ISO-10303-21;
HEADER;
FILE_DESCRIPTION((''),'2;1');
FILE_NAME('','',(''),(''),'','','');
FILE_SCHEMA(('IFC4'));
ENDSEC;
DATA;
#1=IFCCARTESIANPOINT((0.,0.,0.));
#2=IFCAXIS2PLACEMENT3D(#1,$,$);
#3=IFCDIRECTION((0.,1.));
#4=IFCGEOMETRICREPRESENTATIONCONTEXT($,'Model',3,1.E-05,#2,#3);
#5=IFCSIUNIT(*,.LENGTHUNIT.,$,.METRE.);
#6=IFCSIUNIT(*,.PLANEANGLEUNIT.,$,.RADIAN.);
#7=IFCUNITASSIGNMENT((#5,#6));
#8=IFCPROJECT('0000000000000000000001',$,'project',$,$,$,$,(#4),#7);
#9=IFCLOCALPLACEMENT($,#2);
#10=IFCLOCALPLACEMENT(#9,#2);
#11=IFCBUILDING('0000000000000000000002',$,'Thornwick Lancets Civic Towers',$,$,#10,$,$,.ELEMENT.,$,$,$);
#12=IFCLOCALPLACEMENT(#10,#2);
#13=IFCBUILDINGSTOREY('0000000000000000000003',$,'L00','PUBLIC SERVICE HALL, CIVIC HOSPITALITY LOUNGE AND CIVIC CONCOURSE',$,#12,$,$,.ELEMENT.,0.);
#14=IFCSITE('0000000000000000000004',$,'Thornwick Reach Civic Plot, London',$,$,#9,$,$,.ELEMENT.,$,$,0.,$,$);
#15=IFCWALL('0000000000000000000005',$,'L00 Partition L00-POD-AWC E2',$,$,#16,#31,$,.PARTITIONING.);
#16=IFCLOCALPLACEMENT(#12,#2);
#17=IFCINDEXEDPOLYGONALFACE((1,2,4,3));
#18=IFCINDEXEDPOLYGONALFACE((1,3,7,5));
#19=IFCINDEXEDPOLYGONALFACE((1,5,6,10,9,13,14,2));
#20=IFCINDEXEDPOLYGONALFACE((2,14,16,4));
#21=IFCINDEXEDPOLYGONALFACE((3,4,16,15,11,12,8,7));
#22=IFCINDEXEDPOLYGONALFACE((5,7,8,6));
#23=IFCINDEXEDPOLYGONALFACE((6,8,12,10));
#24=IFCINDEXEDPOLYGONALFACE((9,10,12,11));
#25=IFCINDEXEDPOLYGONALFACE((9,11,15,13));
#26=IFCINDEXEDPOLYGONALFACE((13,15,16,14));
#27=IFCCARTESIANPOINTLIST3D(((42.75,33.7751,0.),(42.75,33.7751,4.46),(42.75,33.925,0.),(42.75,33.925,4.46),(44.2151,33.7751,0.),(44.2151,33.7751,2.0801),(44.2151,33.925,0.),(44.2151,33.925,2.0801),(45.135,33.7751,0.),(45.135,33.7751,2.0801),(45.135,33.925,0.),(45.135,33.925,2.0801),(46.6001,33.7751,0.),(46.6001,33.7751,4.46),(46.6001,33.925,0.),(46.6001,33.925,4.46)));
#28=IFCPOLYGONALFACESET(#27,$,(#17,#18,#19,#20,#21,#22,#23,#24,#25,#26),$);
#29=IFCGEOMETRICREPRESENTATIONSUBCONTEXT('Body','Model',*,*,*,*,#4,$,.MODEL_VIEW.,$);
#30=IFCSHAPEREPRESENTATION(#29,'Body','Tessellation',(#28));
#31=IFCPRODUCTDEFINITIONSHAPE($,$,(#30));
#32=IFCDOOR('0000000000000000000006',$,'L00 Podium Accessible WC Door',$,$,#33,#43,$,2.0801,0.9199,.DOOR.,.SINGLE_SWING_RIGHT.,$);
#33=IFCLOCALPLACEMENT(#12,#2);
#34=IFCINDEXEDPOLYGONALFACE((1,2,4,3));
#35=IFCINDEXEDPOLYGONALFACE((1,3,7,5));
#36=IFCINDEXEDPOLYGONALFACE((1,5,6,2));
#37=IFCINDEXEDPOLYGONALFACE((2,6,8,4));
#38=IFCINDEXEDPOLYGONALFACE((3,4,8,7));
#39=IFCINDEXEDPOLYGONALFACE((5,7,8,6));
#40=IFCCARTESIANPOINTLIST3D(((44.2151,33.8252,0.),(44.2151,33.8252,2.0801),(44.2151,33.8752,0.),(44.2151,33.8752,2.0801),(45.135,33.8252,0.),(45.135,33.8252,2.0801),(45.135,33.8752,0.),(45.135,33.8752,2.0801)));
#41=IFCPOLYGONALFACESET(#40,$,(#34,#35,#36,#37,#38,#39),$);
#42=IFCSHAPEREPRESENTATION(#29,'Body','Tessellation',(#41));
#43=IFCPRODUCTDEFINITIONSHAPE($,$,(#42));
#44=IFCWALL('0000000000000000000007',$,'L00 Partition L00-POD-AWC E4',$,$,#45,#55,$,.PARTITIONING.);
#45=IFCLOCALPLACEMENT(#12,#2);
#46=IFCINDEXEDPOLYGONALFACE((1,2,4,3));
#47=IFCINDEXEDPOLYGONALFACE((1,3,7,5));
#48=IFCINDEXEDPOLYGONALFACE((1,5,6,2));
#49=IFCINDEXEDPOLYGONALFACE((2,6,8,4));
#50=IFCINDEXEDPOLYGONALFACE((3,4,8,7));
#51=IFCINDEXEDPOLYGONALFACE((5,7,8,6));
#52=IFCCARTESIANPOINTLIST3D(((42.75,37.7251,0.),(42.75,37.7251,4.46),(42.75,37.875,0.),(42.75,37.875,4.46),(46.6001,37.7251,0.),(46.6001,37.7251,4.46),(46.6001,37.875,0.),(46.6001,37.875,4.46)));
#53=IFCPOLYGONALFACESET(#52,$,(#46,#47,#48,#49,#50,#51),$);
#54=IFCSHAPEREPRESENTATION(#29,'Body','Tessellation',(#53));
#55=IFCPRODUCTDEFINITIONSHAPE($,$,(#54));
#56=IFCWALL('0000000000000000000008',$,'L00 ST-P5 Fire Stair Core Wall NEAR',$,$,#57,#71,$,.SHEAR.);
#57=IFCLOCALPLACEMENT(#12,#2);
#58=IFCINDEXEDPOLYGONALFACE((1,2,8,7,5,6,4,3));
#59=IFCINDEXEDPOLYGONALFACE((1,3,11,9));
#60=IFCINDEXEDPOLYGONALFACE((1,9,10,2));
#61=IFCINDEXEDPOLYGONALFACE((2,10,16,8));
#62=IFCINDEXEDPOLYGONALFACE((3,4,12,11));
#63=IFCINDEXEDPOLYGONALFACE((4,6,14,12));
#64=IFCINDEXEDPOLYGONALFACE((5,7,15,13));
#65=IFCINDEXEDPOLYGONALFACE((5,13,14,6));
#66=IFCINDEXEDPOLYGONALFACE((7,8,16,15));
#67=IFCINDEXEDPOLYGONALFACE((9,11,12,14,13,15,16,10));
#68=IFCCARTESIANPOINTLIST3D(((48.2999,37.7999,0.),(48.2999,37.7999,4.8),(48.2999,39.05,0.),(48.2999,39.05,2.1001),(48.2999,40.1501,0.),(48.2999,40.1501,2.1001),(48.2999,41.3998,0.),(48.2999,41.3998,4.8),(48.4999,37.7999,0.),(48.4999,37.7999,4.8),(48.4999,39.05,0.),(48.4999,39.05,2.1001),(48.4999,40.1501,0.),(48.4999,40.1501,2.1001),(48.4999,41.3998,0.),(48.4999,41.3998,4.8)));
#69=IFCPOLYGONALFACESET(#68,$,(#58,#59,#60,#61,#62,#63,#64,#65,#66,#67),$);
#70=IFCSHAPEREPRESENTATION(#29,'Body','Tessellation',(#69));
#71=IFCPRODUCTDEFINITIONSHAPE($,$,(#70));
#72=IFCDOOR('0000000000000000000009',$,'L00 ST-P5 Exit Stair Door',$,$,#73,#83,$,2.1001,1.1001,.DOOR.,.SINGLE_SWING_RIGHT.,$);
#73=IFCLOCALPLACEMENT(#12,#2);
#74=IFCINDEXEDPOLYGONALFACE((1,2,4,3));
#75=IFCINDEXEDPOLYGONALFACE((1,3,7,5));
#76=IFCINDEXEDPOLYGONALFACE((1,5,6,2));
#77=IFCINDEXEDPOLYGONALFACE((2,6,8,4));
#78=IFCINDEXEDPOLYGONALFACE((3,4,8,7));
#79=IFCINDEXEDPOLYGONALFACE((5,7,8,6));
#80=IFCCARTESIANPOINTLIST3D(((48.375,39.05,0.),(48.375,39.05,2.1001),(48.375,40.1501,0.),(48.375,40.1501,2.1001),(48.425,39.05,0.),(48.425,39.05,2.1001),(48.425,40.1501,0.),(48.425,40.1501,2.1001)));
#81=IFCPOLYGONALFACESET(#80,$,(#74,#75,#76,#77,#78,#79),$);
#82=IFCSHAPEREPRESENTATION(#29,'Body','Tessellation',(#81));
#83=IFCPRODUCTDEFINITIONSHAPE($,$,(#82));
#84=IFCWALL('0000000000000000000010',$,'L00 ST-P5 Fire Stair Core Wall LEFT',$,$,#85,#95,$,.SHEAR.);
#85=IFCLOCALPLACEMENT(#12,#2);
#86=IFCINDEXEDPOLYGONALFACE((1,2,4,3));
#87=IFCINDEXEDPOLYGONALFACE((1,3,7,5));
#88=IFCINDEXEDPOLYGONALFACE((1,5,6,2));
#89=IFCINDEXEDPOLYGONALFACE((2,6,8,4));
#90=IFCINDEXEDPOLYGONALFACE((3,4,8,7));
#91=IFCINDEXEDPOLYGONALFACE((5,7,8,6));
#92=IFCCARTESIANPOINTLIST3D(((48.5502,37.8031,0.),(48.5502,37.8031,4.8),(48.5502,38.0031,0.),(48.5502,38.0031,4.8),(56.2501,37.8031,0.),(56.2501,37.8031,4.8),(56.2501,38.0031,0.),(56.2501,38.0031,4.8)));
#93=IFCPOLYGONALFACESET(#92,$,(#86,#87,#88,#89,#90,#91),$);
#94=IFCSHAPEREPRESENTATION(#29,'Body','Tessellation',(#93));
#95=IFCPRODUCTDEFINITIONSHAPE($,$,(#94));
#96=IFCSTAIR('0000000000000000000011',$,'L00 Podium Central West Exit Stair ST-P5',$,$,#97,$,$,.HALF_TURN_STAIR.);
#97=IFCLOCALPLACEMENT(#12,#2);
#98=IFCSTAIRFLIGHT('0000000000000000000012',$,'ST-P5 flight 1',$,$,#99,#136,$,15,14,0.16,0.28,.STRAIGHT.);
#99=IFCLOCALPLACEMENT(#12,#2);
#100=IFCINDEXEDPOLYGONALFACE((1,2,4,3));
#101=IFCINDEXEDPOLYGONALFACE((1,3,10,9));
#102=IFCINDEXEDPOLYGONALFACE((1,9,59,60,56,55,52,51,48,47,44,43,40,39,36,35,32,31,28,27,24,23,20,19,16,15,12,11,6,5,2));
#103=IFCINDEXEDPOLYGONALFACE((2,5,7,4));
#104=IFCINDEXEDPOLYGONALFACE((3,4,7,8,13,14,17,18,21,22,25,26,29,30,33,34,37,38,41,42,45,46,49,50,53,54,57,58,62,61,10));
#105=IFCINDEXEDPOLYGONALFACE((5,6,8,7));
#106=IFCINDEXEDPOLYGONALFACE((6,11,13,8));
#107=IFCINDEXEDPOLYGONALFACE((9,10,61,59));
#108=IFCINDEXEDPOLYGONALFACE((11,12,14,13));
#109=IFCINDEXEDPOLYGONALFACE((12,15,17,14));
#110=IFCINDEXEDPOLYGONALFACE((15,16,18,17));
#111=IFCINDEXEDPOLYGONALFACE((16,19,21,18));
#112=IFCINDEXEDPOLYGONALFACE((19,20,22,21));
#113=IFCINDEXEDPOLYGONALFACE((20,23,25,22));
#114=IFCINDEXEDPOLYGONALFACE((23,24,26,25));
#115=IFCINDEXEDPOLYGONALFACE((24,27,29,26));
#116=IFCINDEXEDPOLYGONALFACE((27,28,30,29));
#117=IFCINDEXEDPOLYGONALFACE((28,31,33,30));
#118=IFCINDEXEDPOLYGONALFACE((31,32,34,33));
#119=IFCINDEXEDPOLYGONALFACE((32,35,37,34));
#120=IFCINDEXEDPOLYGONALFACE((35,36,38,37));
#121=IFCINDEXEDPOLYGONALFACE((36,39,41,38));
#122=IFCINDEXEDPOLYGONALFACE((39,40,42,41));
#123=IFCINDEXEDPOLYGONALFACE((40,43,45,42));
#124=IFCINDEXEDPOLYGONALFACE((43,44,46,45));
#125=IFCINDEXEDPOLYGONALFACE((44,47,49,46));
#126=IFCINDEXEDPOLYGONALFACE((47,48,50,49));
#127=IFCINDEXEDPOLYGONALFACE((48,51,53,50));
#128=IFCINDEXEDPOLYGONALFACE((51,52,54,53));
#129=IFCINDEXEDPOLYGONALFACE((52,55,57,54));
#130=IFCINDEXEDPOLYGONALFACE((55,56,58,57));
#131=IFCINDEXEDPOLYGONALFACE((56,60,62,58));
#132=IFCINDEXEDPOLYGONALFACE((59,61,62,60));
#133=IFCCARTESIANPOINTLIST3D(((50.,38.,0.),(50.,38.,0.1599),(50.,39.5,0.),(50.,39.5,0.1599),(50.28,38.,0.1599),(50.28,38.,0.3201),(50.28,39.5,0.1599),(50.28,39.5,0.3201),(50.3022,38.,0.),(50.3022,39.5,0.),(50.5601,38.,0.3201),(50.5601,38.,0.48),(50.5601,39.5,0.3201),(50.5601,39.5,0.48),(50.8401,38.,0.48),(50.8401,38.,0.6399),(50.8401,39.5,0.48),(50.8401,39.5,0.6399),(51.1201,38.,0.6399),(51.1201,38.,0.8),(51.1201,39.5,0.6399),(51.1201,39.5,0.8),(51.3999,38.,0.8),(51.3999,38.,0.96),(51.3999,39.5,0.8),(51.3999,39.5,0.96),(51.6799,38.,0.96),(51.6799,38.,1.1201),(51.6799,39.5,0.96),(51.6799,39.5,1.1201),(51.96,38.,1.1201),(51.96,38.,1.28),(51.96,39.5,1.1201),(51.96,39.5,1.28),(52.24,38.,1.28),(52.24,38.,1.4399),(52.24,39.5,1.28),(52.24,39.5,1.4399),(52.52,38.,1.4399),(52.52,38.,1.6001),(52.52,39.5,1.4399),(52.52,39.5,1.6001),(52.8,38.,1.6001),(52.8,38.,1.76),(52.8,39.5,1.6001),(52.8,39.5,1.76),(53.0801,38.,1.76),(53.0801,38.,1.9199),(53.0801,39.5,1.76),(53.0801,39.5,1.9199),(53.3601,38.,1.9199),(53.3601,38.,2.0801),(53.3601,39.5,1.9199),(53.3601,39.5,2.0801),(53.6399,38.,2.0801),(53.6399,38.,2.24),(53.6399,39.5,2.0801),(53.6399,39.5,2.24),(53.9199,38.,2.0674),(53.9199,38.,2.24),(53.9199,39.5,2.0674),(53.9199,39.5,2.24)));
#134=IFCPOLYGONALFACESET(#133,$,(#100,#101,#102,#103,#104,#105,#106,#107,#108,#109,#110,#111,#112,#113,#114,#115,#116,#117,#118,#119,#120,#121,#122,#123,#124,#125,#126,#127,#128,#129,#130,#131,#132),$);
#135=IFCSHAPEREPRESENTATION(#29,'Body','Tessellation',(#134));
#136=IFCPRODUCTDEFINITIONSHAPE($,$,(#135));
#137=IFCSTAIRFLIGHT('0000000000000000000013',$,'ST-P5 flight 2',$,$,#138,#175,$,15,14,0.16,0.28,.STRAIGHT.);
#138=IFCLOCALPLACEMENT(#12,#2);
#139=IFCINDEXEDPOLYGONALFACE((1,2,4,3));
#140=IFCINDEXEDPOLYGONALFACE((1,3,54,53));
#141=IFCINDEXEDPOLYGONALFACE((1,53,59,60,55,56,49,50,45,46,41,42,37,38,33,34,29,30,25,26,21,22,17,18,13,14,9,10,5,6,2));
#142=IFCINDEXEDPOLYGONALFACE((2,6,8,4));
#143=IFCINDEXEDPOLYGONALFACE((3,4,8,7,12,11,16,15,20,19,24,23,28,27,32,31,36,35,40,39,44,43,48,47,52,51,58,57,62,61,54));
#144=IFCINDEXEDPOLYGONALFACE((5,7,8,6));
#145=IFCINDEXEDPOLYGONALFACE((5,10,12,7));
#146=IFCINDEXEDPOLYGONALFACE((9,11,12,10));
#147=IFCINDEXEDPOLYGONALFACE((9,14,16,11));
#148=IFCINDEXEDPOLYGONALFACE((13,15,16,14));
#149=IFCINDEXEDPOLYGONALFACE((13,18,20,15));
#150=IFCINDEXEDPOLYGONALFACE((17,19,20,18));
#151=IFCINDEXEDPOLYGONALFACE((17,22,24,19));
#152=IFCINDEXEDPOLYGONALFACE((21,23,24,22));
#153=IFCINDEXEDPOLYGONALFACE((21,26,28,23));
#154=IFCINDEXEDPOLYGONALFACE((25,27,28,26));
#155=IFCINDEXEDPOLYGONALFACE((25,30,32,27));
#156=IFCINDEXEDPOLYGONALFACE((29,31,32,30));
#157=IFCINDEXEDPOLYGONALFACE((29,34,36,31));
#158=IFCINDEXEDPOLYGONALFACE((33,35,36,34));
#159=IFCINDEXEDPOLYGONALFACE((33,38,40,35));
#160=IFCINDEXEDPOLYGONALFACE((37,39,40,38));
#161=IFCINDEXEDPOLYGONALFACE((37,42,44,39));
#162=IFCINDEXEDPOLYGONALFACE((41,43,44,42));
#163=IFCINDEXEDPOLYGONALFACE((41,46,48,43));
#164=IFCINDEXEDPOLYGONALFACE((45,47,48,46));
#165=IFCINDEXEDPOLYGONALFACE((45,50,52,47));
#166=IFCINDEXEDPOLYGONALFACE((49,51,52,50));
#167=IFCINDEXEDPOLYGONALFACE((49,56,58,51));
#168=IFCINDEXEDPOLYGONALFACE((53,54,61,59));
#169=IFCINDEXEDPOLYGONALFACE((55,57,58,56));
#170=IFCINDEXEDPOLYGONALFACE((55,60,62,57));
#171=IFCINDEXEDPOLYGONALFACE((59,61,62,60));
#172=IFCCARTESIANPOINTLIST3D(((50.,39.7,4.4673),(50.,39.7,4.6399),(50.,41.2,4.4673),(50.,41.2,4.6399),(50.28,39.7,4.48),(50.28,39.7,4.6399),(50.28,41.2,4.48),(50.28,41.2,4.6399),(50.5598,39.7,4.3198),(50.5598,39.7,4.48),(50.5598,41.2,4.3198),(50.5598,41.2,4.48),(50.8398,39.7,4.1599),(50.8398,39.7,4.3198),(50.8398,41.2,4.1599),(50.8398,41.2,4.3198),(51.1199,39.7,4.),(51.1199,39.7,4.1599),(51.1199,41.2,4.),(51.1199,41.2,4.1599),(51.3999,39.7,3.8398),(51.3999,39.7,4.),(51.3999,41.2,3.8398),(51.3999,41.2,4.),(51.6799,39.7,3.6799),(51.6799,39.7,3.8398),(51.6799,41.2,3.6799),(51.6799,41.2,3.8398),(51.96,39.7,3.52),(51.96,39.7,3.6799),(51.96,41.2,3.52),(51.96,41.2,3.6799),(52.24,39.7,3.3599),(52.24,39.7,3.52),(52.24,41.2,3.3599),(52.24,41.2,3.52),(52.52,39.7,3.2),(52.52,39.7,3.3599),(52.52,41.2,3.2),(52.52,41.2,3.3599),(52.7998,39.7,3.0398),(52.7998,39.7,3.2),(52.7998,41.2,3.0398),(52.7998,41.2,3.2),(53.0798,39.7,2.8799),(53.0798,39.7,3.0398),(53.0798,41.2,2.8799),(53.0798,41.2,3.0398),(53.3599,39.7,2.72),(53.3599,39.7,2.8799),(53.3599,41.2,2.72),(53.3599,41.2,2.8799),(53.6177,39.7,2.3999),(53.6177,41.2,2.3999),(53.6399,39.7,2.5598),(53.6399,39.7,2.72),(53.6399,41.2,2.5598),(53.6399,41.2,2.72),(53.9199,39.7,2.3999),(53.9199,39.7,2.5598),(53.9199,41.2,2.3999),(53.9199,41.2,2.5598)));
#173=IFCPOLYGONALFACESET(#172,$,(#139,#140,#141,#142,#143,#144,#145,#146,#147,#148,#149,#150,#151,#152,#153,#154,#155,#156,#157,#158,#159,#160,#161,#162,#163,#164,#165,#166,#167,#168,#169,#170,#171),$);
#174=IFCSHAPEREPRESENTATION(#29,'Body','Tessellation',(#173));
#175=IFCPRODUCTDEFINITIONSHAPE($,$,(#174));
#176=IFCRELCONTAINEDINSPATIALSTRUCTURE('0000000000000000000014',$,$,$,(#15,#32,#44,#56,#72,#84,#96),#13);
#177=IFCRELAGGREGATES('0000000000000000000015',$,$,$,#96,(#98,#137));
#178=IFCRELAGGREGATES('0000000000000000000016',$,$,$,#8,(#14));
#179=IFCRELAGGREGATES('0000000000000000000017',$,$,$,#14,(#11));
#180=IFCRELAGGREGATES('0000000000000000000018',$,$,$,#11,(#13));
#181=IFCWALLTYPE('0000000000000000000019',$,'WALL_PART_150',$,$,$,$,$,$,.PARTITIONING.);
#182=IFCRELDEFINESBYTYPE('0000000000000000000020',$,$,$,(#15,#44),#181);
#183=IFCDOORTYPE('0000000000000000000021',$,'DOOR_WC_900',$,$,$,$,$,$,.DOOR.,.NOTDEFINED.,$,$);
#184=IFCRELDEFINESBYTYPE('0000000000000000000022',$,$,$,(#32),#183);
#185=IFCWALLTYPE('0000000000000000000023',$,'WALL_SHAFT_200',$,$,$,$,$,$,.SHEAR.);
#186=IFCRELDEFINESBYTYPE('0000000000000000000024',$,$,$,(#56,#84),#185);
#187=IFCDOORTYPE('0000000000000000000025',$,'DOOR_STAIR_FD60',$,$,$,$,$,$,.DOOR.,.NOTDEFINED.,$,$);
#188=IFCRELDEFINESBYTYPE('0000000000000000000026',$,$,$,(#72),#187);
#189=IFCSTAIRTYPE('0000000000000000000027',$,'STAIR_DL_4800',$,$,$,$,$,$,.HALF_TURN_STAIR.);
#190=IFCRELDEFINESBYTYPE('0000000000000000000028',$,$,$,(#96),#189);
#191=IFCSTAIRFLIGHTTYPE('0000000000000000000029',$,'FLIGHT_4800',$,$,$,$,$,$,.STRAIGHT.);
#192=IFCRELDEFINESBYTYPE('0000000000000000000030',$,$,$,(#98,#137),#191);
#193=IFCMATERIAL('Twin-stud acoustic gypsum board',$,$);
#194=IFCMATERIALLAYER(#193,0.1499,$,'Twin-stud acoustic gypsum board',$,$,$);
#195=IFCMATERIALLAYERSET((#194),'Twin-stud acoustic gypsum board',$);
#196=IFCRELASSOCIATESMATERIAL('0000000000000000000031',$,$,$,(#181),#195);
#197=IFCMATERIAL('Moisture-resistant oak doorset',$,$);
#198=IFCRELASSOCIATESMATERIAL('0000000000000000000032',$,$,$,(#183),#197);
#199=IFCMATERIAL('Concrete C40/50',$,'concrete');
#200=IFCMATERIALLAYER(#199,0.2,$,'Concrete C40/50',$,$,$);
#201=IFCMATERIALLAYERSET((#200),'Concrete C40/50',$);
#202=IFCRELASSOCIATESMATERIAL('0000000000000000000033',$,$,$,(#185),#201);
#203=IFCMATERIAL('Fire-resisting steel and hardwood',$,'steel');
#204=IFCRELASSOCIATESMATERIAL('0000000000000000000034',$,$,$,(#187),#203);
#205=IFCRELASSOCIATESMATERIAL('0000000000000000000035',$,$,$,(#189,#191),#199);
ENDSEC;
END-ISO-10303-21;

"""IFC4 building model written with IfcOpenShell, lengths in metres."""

from ifc_helpers import new_model, si_unit, direction, frame, frame_2d, origin, place, context, subcontext, project, spatial, polyline, rectangle, outline, extrude, material, layer, layer_set, type_object, element, fill, aggregate, save


model = new_model("IFC4")

# Units and contexts
model_context = context("Model", 3, precision=1e-05, world=origin(), true_north=direction((0.0, 1.0)))
body_context = subcontext(model_context, "Body", "Model", "MODEL_VIEW")
ifc_project = project(units=[si_unit("LENGTHUNIT", "METRE"), si_unit("PLANEANGLEUNIT", "RADIAN")], contexts=[model_context])

# Site, building, storey
site_placement = place(None, origin())
site = spatial("IfcSite", under=ifc_project, at=site_placement, Name="Thornwick Reach Civic Plot, London", CompositionType="ELEMENT", RefElevation=0.0)
building_placement = place(site_placement, origin())
building = spatial("IfcBuilding", under=site, at=building_placement, Name="Thornwick Lancets Civic Towers", CompositionType="ELEMENT")
storey_placement = place(building_placement, origin())
storey = spatial("IfcBuildingStorey", under=building, at=storey_placement, Name="L00", Description="PUBLIC SERVICE HALL, CIVIC HOSPITALITY LOUNGE AND CIVIC CONCOURSE", CompositionType="ELEMENT", Elevation=0.0)

# Shared definitions
ifc_material_1 = material(Name="Twin-stud acoustic gypsum board")
ifc_layer_1 = layer(ifc_material_1, 0.1499, Name="Twin-stud acoustic gypsum board")
ifc_layer_set_1 = layer_set([ifc_layer_1], Name="Twin-stud acoustic gypsum board")
wall_type_1 = type_object("IfcWallType", Name="WALL_PART_150", PredefinedType="PARTITIONING", material=ifc_layer_set_1)

# Wall, opening, door
wall_1_placement = place(storey_placement, frame((46.6001, 33.8501, 0.0), z_axis=(0.0, 0.0, 1.0), x_axis=(-1.0, 0.0, 0.0)))
wall_1 = element("IfcWall", 1, at=wall_1_placement, inside=storey, type_object=wall_type_1, Name="L00 Partition L00-POD-AWC E2", PredefinedType="PARTITIONING", context=body_context, shape_type="SweptSolid", body=[
    extrude(rectangle(XDim=3.8501, YDim=0.1499, at=frame_2d((1.925, 0.0))), origin(), (0.0, 0.0, 1.0), 4.46),
])
opening_1_placement = place(wall_1_placement, frame((1.4651, 0.0, 0.0)))
opening_1 = element("IfcOpeningElement", 2, at=opening_1_placement, cuts=wall_1, PredefinedType="OPENING", context=body_context, shape_type="SweptSolid", body=[
    extrude(rectangle(XDim=0.9199, YDim=2.0801, at=frame_2d((0.46, 1.04))), frame((0.0, 0.085, 0.0), z_axis=(0.0, -1.0, 0.0), x_axis=(1.0, 0.0, 0.0)), (0.0, 0.0, 1.0), 0.1699),
])
ifc_material_2 = material(Name="Moisture-resistant oak doorset")
door_type_1 = type_object("IfcDoorType", Name="DOOR_WC_900", OperationType="NOTDEFINED", PredefinedType="DOOR", material=ifc_material_2)
door_1_placement = place(opening_1_placement, origin())
door_1 = element("IfcDoor", 3, at=door_1_placement, inside=storey, type_object=door_type_1, Name="L00 Podium Accessible WC Door", OperationType="SINGLE_SWING_RIGHT", OverallHeight=2.0801, OverallWidth=0.9199, PredefinedType="DOOR", context=body_context, shape_type="SweptSolid", body=[
    extrude(rectangle(XDim=0.9199, YDim=2.0801, at=frame_2d((0.46, 1.04))), frame((0.0, 0.0249, 0.0), z_axis=(0.0, -1.0, 0.0), x_axis=(1.0, 0.0, 0.0)), (0.0, 0.0, 1.0), 0.05),
])
fill(opening_1, door_1)

# Wall
wall_2_placement = place(storey_placement, frame((42.75, 37.8, 0.0), z_axis=(0.0, 0.0, 1.0), x_axis=(1.0, 0.0, 0.0)))
element("IfcWall", 4, at=wall_2_placement, inside=storey, type_object=wall_type_1, Name="L00 Partition L00-POD-AWC E4", PredefinedType="PARTITIONING", context=body_context, shape_type="SweptSolid", body=[
    extrude(rectangle(XDim=3.8501, YDim=0.1499, at=frame_2d((1.925, 0.0))), origin(), (0.0, 0.0, 1.0), 4.46),
])

# Wall, opening, door
ifc_material_3 = material(Name="Concrete C40/50", Category="concrete")
ifc_layer_2 = layer(ifc_material_3, 0.2, Name="Concrete C40/50")
ifc_layer_set_2 = layer_set([ifc_layer_2], Name="Concrete C40/50")
wall_type_2 = type_object("IfcWallType", Name="WALL_SHAFT_200", PredefinedType="SHEAR", material=ifc_layer_set_2)
wall_3_placement = place(storey_placement, frame((48.3999, 37.8, 0.0), z_axis=(0.0, 0.0, 1.0), x_axis=(0.0, 1.0, 0.0)))
wall_3 = element("IfcWall", 5, at=wall_3_placement, inside=storey, type_object=wall_type_2, Name="L00 ST-P5 Fire Stair Core Wall NEAR", PredefinedType="SHEAR", context=body_context, shape_type="SweptSolid", body=[
    extrude(rectangle(XDim=3.5999, YDim=0.2, at=frame_2d((1.7998, 0.0))), origin(), (0.0, 0.0, 1.0), 4.8),
])
opening_2_placement = place(wall_3_placement, frame((1.25, 0.0, 0.0)))
opening_2 = element("IfcOpeningElement", 6, at=opening_2_placement, cuts=wall_3, PredefinedType="OPENING", context=body_context, shape_type="SweptSolid", body=[
    extrude(rectangle(XDim=1.1001, YDim=2.1001, at=frame_2d((0.55, 1.05))), frame((0.0, 0.1099, 0.0), z_axis=(0.0, -1.0, 0.0), x_axis=(1.0, 0.0, 0.0)), (0.0, 0.0, 1.0), 0.22),
])
ifc_material_4 = material(Name="Fire-resisting steel and hardwood", Category="steel")
door_type_2 = type_object("IfcDoorType", Name="DOOR_STAIR_FD60", OperationType="NOTDEFINED", PredefinedType="DOOR", material=ifc_material_4)
door_2_placement = place(opening_2_placement, origin())
door_2 = element("IfcDoor", 7, at=door_2_placement, inside=storey, type_object=door_type_2, Name="L00 ST-P5 Exit Stair Door", OperationType="SINGLE_SWING_RIGHT", OverallHeight=2.1001, OverallWidth=1.1001, PredefinedType="DOOR", context=body_context, shape_type="SweptSolid", body=[
    extrude(rectangle(XDim=1.1001, YDim=2.1001, at=frame_2d((0.55, 1.05))), frame((0.0, 0.0249, 0.0), z_axis=(0.0, -1.0, 0.0), x_axis=(1.0, 0.0, 0.0)), (0.0, 0.0, 1.0), 0.05),
])
fill(opening_2, door_2)

# Wall
wall_4_placement = place(storey_placement, frame((48.55, 37.9031, 0.0), z_axis=(0.0, 0.0, 1.0), x_axis=(1.0, 0.0, 0.0)))
element("IfcWall", 8, at=wall_4_placement, inside=storey, type_object=wall_type_2, Name="L00 ST-P5 Fire Stair Core Wall LEFT", PredefinedType="SHEAR", context=body_context, shape_type="SweptSolid", body=[
    extrude(rectangle(XDim=7.7, YDim=0.2, at=frame_2d((3.8501, 0.0))), origin(), (0.0, 0.0, 1.0), 4.8),
])

# Stair, stair flights
stair_type = type_object("IfcStairType", Name="STAIR_DL_4800", PredefinedType="HALF_TURN_STAIR", material=ifc_material_3)
stair_placement = place(storey_placement, origin())
stair = element("IfcStair", 9, at=stair_placement, inside=storey, type_object=stair_type, Name="L00 Podium Central West Exit Stair ST-P5", PredefinedType="HALF_TURN_STAIR")
stair_flight_type = type_object("IfcStairFlightType", Name="FLIGHT_4800", PredefinedType="STRAIGHT", material=ifc_material_3)
stair_flight_1_placement = place(storey_placement, frame((50.0, 38.75, 0.0), z_axis=(0.0, 0.0, 1.0), x_axis=(1.0, 0.0, 0.0)))
stair_flight_1 = element("IfcStairFlight", 10, at=stair_flight_1_placement, type_object=stair_flight_type, Name="ST-P5 flight 1", NumberOfRisers=15, NumberOfTreads=14, PredefinedType="STRAIGHT", RiserHeight=0.16, TreadLength=0.28, context=body_context, shape_type="SweptSolid", body=[
    extrude(outline(polyline([(0.0, 0.0), (0.0, 0.1599), (0.28, 0.1599), (0.28, 0.3201), (0.5601, 0.3201), (0.5601, 0.48), (0.8401, 0.48), (0.8401, 0.6399), (1.1201, 0.6399), (1.1201, 0.8), (1.3999, 0.8), (1.3999, 0.96), (1.6799, 0.96), (1.6799, 1.1201), (1.96, 1.1201), (1.96, 1.28), (2.24, 1.28), (2.24, 1.4399), (2.52, 1.4399), (2.52, 1.6001), (2.8, 1.6001), (2.8, 1.76), (3.0801, 1.76), (3.0801, 1.9199), (3.3601, 1.9199), (3.3601, 2.0801), (3.6399, 2.0801), (3.6399, 2.24), (3.9199, 2.24), (3.9199, 2.3999), (3.9199, 2.0674), (0.3022, 0.0), (0.0, 0.0)])), frame((0.0, 0.75, 0.0), z_axis=(0.0, -1.0, 0.0), x_axis=(1.0, 0.0, 0.0)), (0.0, 0.0, 1.0), 1.5),
])
stair_flight_2_placement = place(storey_placement, frame((53.9199, 40.45, 2.3999), z_axis=(0.0, 0.0, 1.0), x_axis=(-1.0, 0.0, 0.0)))
stair_flight_2 = element("IfcStairFlight", 11, at=stair_flight_2_placement, type_object=stair_flight_type, Name="ST-P5 flight 2", NumberOfRisers=15, NumberOfTreads=14, PredefinedType="STRAIGHT", RiserHeight=0.16, TreadLength=0.28, context=body_context, shape_type="SweptSolid", body=[
    extrude(outline(polyline([(0.0, 0.0), (0.0, 0.1599), (0.28, 0.1599), (0.28, 0.3201), (0.5601, 0.3201), (0.5601, 0.48), (0.8401, 0.48), (0.8401, 0.6399), (1.1201, 0.6399), (1.1201, 0.8), (1.3999, 0.8), (1.3999, 0.96), (1.6799, 0.96), (1.6799, 1.1201), (1.96, 1.1201), (1.96, 1.28), (2.24, 1.28), (2.24, 1.4399), (2.52, 1.4399), (2.52, 1.6001), (2.8, 1.6001), (2.8, 1.76), (3.0801, 1.76), (3.0801, 1.9199), (3.3601, 1.9199), (3.3601, 2.0801), (3.6399, 2.0801), (3.6399, 2.24), (3.9199, 2.24), (3.9199, 2.3999), (3.9199, 2.0674), (0.3022, 0.0), (0.0, 0.0)])), frame((0.0, 0.75, 0.0), z_axis=(0.0, -1.0, 0.0), x_axis=(1.0, 0.0, 0.0)), (0.0, 0.0, 1.0), 1.5),
])
aggregate(stair, [stair_flight_1, stair_flight_2])

save(model, "model.ifc")
